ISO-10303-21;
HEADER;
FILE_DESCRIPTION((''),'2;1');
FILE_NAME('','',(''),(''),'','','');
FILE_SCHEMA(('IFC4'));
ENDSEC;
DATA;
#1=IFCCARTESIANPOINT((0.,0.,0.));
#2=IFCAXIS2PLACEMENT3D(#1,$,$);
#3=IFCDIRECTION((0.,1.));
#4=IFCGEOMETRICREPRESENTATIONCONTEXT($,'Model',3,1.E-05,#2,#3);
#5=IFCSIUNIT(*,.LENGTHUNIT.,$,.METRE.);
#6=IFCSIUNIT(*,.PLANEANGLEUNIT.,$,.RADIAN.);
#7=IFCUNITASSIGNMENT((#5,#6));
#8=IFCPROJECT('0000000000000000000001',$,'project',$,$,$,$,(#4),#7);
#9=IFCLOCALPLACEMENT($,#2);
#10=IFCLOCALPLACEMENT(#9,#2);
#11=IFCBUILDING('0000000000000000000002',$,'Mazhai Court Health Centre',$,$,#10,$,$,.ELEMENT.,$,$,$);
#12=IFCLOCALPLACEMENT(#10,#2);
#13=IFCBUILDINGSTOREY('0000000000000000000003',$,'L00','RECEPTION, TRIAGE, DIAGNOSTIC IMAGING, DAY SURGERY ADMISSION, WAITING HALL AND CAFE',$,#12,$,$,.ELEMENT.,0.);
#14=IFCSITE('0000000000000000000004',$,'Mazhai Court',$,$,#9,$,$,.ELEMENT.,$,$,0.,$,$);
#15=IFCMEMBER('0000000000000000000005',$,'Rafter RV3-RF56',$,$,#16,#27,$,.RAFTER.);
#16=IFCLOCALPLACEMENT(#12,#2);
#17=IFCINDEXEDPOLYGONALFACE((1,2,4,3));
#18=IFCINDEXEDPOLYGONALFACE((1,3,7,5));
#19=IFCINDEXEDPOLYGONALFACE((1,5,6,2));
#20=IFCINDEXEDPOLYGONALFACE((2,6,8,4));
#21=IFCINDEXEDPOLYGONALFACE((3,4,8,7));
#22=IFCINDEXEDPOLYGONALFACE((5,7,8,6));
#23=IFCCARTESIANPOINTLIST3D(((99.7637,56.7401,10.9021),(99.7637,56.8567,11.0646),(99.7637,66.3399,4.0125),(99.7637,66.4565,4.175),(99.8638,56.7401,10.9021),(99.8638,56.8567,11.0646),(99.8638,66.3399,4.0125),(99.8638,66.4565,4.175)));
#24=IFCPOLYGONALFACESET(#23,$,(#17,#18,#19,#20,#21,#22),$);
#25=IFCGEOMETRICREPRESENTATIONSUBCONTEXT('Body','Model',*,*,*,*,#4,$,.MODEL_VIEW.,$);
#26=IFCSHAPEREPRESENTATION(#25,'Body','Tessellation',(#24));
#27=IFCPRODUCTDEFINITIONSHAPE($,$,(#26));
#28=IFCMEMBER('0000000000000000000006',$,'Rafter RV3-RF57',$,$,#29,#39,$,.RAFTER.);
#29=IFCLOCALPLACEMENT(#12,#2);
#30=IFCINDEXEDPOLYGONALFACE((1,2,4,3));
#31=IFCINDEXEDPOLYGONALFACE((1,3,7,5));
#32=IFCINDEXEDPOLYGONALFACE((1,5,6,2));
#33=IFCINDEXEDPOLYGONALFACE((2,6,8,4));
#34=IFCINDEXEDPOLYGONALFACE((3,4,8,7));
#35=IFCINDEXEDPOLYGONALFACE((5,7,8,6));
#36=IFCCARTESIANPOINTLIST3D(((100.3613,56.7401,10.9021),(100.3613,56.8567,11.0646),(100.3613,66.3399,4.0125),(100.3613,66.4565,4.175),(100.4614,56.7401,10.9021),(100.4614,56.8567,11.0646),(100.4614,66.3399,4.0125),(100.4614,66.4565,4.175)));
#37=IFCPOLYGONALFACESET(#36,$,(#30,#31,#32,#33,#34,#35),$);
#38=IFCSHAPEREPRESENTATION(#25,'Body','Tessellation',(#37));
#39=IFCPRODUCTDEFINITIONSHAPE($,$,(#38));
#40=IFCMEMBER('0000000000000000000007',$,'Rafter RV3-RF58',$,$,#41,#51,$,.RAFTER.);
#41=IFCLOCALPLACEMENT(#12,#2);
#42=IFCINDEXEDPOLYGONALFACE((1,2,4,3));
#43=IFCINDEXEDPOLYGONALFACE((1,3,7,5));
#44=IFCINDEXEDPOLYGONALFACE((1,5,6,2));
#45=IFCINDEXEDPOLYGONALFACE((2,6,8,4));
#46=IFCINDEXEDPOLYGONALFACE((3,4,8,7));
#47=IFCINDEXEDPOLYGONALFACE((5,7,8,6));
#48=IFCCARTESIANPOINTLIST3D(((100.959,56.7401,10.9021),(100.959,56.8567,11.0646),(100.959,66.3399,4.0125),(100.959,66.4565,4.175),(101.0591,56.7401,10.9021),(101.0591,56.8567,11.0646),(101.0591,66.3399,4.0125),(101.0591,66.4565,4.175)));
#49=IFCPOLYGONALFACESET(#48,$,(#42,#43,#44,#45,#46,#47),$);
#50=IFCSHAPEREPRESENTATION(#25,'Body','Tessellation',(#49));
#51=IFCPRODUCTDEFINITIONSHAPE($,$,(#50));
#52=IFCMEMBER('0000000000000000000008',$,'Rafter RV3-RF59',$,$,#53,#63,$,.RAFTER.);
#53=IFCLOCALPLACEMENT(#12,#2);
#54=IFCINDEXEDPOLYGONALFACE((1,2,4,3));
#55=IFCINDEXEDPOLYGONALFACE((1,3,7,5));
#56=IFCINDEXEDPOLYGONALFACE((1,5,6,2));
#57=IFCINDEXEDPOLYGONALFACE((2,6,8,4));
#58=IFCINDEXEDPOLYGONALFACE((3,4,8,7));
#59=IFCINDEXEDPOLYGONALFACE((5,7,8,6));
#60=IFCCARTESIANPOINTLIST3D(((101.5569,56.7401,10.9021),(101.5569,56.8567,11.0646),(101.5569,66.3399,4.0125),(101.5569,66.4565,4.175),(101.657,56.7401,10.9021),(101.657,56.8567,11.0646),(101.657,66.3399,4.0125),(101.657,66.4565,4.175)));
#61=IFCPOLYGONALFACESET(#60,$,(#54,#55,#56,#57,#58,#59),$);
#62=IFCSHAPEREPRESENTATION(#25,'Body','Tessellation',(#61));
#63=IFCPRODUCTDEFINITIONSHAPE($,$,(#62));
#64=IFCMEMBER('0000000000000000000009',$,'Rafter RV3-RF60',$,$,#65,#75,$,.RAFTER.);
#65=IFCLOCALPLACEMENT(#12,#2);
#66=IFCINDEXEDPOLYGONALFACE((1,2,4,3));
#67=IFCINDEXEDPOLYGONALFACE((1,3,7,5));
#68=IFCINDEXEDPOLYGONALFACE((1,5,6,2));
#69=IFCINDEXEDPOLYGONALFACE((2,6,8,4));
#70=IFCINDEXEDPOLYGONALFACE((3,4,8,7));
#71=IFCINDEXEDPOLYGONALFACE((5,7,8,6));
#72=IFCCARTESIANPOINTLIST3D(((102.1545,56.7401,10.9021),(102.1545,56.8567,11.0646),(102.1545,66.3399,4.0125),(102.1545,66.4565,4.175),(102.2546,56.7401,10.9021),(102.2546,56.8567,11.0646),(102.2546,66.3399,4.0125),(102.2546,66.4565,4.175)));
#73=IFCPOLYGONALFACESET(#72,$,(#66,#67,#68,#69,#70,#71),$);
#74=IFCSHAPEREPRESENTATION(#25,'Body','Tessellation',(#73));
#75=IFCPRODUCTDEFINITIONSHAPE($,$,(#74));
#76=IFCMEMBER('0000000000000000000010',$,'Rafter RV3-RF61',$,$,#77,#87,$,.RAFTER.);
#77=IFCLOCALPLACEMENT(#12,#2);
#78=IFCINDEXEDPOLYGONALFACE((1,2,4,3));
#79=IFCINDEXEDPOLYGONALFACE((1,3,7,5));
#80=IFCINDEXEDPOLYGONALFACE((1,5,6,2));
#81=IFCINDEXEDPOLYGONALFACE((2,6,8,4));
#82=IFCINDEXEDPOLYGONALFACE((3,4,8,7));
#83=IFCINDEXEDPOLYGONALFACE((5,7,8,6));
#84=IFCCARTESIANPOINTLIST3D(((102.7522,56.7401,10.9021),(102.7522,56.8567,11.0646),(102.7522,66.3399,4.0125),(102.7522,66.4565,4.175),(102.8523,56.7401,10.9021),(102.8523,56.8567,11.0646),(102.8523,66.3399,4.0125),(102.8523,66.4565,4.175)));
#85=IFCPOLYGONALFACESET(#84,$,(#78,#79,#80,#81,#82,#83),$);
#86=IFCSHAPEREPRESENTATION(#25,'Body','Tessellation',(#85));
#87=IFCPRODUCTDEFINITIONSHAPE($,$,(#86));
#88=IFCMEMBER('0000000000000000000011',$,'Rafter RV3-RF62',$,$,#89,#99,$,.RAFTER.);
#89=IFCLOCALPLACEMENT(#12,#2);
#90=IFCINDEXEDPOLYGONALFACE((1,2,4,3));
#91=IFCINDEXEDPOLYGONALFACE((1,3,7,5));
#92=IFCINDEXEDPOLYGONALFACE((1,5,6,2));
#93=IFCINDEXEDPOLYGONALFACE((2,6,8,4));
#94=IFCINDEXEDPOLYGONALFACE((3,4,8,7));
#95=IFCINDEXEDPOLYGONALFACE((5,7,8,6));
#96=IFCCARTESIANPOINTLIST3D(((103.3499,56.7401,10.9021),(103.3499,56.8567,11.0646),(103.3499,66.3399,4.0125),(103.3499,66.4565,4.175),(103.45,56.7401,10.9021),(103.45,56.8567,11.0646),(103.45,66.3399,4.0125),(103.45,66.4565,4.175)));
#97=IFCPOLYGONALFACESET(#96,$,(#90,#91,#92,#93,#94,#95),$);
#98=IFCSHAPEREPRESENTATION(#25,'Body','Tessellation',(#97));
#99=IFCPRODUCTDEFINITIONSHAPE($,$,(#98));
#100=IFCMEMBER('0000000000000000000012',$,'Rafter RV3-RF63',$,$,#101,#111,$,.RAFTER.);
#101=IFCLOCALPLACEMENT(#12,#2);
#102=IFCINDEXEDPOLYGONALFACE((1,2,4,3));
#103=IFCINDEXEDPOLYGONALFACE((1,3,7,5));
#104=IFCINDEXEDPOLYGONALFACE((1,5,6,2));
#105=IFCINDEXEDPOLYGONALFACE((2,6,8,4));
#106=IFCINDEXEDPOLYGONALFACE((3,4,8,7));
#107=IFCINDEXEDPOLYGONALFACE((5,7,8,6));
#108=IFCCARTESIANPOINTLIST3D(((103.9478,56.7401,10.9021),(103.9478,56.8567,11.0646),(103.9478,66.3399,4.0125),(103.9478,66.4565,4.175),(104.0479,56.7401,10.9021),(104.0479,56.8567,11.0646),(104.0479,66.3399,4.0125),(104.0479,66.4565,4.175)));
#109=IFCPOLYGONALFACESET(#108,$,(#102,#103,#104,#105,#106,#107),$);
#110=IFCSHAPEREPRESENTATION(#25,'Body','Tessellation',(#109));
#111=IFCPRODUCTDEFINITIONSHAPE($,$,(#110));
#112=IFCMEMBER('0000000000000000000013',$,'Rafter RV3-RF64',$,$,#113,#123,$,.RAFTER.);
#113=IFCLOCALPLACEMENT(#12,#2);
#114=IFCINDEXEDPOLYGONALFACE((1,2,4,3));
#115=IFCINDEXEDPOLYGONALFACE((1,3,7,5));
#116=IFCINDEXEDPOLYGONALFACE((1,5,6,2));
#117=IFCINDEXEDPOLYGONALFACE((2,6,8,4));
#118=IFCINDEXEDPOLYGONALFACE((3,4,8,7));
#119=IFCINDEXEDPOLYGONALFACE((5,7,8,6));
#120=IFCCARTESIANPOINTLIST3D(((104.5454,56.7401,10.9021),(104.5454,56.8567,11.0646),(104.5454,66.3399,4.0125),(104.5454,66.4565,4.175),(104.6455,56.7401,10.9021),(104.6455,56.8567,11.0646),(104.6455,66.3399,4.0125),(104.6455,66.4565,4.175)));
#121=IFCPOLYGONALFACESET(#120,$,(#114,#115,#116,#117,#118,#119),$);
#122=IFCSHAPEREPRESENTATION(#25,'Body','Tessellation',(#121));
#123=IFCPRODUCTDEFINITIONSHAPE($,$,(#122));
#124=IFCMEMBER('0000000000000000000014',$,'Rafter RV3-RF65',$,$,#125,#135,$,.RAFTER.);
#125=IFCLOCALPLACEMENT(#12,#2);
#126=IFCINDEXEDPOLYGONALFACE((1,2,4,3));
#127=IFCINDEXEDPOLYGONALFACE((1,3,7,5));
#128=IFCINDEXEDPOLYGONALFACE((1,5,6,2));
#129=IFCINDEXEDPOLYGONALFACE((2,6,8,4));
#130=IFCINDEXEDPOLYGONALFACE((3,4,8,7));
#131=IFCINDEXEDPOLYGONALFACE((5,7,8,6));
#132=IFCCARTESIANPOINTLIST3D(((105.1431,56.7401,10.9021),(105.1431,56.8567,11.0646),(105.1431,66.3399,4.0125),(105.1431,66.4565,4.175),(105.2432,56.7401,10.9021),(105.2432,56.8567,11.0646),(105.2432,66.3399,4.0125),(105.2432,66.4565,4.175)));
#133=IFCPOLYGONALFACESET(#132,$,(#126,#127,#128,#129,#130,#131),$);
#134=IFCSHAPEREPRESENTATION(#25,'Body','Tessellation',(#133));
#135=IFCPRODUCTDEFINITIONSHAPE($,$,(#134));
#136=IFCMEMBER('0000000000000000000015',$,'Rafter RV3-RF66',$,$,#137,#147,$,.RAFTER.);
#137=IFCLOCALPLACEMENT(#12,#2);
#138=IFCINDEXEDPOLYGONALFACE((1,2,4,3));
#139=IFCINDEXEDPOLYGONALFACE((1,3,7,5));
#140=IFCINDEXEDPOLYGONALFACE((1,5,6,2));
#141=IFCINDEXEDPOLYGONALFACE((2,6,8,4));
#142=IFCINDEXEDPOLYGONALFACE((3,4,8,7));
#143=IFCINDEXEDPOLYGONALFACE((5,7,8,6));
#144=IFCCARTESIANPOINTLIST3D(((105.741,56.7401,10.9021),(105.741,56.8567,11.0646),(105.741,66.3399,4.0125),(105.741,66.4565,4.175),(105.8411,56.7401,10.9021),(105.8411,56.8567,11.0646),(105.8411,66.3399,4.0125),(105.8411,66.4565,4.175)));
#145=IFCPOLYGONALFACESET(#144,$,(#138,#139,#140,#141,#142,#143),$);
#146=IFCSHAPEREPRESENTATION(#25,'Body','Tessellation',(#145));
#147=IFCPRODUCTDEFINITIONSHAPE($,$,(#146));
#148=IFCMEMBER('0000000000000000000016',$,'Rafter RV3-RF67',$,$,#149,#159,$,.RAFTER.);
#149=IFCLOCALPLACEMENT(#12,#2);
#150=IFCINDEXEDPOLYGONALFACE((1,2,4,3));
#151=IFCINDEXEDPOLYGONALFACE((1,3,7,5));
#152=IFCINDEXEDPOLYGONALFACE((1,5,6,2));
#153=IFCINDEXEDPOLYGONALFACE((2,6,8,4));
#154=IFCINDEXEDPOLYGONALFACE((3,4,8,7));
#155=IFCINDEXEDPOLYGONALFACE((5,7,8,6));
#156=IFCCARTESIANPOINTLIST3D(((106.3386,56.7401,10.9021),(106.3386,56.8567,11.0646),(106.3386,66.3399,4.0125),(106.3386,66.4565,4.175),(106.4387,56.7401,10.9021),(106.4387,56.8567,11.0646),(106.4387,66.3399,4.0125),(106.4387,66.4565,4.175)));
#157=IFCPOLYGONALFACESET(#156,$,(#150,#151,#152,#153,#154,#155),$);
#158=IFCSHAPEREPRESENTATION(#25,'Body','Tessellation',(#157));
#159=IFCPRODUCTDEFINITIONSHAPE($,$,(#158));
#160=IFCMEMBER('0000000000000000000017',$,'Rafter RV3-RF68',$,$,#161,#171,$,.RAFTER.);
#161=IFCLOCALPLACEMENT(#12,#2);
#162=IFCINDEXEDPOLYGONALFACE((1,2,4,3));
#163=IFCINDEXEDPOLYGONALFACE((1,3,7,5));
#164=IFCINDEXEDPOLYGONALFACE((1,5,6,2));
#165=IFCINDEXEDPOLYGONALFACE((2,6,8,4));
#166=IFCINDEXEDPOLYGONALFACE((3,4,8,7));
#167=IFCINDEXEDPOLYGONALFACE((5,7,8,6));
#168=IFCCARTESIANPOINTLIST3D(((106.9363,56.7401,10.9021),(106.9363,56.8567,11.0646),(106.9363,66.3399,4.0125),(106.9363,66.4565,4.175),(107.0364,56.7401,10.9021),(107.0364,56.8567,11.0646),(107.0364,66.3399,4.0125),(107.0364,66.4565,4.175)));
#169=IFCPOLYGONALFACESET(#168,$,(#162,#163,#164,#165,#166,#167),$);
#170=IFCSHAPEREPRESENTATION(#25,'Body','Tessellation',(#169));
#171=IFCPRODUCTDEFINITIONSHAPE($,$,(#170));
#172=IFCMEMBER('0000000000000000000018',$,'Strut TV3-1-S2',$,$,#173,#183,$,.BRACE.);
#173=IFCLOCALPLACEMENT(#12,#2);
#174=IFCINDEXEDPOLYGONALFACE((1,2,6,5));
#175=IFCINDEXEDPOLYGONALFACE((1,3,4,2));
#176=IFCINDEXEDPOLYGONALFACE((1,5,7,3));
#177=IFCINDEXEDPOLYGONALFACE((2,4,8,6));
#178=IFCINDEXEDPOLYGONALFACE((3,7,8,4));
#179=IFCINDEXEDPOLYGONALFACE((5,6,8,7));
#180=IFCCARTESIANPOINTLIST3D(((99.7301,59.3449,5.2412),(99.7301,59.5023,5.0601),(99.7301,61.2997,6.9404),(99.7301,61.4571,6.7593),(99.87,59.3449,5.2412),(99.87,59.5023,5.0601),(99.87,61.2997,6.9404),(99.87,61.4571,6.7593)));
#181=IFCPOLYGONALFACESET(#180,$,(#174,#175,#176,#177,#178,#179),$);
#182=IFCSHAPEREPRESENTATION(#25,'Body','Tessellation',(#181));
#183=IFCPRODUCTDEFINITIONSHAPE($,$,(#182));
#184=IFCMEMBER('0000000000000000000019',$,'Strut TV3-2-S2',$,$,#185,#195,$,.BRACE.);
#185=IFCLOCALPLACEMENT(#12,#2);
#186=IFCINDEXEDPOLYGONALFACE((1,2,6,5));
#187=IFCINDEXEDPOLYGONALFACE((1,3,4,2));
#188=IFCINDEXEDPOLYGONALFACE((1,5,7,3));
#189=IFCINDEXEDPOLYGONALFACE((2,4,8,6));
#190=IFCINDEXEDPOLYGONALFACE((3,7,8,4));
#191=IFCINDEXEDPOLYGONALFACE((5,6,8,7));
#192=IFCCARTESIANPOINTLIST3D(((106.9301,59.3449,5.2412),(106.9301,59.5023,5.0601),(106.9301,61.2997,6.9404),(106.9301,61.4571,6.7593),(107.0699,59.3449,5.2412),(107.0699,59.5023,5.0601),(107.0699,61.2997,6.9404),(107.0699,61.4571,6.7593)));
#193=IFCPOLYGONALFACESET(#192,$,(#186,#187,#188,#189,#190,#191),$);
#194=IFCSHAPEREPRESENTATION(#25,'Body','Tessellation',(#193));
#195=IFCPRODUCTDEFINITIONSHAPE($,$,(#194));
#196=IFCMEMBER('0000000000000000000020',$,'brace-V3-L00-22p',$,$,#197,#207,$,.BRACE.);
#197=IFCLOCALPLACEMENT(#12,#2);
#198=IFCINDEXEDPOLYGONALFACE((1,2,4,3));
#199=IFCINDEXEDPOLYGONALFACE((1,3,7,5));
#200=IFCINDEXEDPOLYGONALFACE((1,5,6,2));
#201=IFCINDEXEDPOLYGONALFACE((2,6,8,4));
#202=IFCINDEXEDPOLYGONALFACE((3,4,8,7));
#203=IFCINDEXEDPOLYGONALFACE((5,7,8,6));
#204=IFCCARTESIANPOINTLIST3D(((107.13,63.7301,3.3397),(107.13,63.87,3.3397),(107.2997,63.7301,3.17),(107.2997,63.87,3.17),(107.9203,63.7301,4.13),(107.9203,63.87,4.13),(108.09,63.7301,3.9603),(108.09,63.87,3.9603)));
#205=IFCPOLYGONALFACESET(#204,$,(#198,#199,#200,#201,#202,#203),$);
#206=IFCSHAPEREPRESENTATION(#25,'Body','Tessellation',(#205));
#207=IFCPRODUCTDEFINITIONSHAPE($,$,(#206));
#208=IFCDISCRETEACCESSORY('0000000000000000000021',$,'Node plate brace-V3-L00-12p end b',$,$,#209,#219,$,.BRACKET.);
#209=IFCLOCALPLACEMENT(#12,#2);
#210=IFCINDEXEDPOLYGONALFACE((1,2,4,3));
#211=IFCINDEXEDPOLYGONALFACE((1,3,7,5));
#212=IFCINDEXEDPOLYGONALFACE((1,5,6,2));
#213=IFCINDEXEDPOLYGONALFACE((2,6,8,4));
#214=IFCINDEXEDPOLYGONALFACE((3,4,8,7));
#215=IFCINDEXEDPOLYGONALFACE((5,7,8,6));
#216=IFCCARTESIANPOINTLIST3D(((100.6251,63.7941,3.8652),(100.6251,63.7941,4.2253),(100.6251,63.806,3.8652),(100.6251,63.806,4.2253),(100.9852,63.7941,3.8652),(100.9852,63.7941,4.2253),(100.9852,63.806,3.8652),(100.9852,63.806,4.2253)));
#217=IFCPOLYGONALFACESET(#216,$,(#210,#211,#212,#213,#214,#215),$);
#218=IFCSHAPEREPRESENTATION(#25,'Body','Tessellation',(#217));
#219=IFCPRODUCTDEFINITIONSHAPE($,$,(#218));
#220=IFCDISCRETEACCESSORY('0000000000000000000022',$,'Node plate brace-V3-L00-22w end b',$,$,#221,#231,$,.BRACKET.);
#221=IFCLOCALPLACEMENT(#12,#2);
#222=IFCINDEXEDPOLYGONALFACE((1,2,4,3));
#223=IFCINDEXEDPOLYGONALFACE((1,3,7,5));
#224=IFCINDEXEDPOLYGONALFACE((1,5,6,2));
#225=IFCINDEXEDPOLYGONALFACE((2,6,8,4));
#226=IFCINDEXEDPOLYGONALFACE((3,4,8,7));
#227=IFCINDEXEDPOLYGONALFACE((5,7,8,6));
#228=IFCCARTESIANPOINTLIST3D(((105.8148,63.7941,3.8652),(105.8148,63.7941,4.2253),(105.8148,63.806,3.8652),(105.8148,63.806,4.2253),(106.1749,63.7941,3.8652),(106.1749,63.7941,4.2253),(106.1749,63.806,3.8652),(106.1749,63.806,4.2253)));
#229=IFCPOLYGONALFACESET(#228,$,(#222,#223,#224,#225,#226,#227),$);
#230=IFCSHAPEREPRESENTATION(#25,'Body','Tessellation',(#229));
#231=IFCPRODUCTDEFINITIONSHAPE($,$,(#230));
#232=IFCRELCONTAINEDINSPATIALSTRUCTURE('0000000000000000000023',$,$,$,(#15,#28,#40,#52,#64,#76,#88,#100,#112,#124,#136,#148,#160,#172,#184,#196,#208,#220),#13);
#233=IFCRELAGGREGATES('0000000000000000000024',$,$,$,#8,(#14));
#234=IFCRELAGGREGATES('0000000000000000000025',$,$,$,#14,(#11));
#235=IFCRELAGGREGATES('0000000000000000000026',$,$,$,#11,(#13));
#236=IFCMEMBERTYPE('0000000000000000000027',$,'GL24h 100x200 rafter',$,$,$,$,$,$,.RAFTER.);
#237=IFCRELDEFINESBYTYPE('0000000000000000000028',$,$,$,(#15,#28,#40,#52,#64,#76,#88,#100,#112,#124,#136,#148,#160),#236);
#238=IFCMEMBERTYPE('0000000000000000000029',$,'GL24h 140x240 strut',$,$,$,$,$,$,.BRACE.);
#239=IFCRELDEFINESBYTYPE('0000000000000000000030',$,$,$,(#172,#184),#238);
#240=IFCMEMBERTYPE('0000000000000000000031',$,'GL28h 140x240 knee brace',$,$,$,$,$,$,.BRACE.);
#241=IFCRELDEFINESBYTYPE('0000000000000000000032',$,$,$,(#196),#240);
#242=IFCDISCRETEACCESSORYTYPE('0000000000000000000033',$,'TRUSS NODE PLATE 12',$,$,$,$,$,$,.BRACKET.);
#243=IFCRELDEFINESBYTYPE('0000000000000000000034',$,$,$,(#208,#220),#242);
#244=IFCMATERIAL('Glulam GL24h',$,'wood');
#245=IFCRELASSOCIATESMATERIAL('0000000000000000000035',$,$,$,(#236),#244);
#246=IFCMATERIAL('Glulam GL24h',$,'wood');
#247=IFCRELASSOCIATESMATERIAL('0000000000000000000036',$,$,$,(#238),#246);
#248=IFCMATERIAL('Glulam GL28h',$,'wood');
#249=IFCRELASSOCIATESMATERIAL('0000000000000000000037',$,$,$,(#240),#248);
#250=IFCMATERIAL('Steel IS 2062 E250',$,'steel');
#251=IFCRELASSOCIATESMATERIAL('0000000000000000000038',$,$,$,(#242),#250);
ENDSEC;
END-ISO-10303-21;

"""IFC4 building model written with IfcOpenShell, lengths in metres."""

from ifc_helpers import new_model, si_unit, direction, frame, origin, origin_2d, place, context, subcontext, project, spatial, rectangle, extrude, material, material_profile, profile_set, type_object, element, save


model = new_model("IFC4")

# Units and contexts
model_context = context("Model", 3, precision=1e-05, world=origin(), true_north=direction((0.0, 1.0)))
body_context = subcontext(model_context, "Body", "Model", "MODEL_VIEW")
ifc_project = project(units=[si_unit("LENGTHUNIT", "METRE"), si_unit("PLANEANGLEUNIT", "RADIAN")], contexts=[model_context])

# Site, building, storey
site_placement = place(None, origin())
site = spatial("IfcSite", under=ifc_project, at=site_placement, Name="Mazhai Court", CompositionType="ELEMENT", RefElevation=0.0)
building_placement = place(site_placement, origin())
building = spatial("IfcBuilding", under=site, at=building_placement, Name="Mazhai Court Health Centre", CompositionType="ELEMENT")
storey_placement = place(building_placement, origin())
storey = spatial("IfcBuildingStorey", under=building, at=storey_placement, Name="L00", Description="RECEPTION, TRIAGE, DIAGNOSTIC IMAGING, DAY SURGERY ADMISSION, WAITING HALL AND CAFE", CompositionType="ELEMENT", Elevation=0.0)

# Members
ifc_material_1 = material(Name="Glulam GL24h", Category="wood")
ifc_material_profile_1 = material_profile(ifc_material_1, rectangle(XDim=0.1001, YDim=0.2, at=origin_2d()), Name="GL24h 100x200")
ifc_profile_set_1 = profile_set([ifc_material_profile_1], Name="Glulam GL24h")
member_type_1 = type_object("IfcMemberType", Name="GL24h 100x200 rafter", PredefinedType="RAFTER", material=ifc_profile_set_1)
for number, where, z_axis, x_axis, name in (
    (1, (99.8137, 66.3982, 4.0938), (0.0, -0.812426, 0.583064), (1.0, 0.0, 0.0), "Rafter RV3-RF56"),
    (2, (100.4114, 66.3982, 4.0938), (0.0, -0.812426, 0.583064), (1.0, 0.0, 0.0), "Rafter RV3-RF57"),
    (3, (101.009, 66.3982, 4.0938), (0.0, -0.812426, 0.583064), (1.0, 0.0, 0.0), "Rafter RV3-RF58"),
    (4, (101.6069, 66.3982, 4.0938), (0.0, -0.812426, 0.583064), (1.0, 0.0, 0.0), "Rafter RV3-RF59"),
    (5, (102.2046, 66.3982, 4.0938), (0.0, -0.812426, 0.583064), (1.0, 0.0, 0.0), "Rafter RV3-RF60"),
    (6, (102.8022, 66.3982, 4.0938), (0.0, -0.812426, 0.583064), (1.0, 0.0, 0.0), "Rafter RV3-RF61"),
    (7, (103.3999, 66.3982, 4.0938), (0.0, -0.812426, 0.583064), (1.0, 0.0, 0.0), "Rafter RV3-RF62"),
    (8, (103.9978, 66.3982, 4.0938), (0.0, -0.812426, 0.583064), (1.0, 0.0, 0.0), "Rafter RV3-RF63"),
    (9, (104.5955, 66.3982, 4.0938), (0.0, -0.812426, 0.583064), (1.0, 0.0, 0.0), "Rafter RV3-RF64"),
    (10, (105.1931, 66.3982, 4.0938), (0.0, -0.812426, 0.583064), (1.0, 0.0, 0.0), "Rafter RV3-RF65"),
    (11, (105.791, 66.3982, 4.0938), (0.0, -0.812426, 0.583064), (1.0, 0.0, 0.0), "Rafter RV3-RF66"),
    (12, (106.3887, 66.3982, 4.0938), (0.0, -0.812426, 0.583064), (1.0, 0.0, 0.0), "Rafter RV3-RF67"),
    (13, (106.9863, 66.3982, 4.0938), (0.0, -0.812426, 0.583064), (1.0, 0.0, 0.0), "Rafter RV3-RF68"),
):
    element("IfcMember", number, at=place(storey_placement, frame(where, z_axis=z_axis, x_axis=x_axis)), inside=storey, type_object=member_type_1, Name=name, PredefinedType="RAFTER", context=body_context, shape_type="SweptSolid", body=[
        extrude(rectangle(XDim=0.1001, YDim=0.2, at=origin_2d()), origin(), (0.0, 0.0, 1.0), 11.8162),
    ])
ifc_material_2 = material(Name="Glulam GL24h", Category="wood")
ifc_material_profile_2 = material_profile(ifc_material_2, rectangle(XDim=0.1399, YDim=0.24, at=origin_2d()), Name="GL24h 140x240")
ifc_profile_set_2 = profile_set([ifc_material_profile_2], Name="Glulam GL24h")
member_type_2 = type_object("IfcMemberType", Name="GL24h 140x240 strut", PredefinedType="BRACE", material=ifc_profile_set_2)
for number, where, z_axis, x_axis, name in (
    (14, (99.8, 59.4236, 5.1506), (0.0, 0.754727, 0.656039), (-1.0, 0.0, 0.0), "Strut TV3-1-S2"),
    (15, (107.0, 59.4236, 5.1506), (0.0, 0.754727, 0.656039), (-1.0, 0.0, 0.0), "Strut TV3-2-S2"),
):
    element("IfcMember", number, at=place(storey_placement, frame(where, z_axis=z_axis, x_axis=x_axis)), inside=storey, type_object=member_type_2, Name=name, PredefinedType="BRACE", context=body_context, shape_type="SweptSolid", body=[
        extrude(rectangle(XDim=0.1399, YDim=0.24, at=origin_2d()), origin(), (0.0, 0.0, 1.0), 2.5901),
    ])
ifc_material_3 = material(Name="Glulam GL28h", Category="wood")
ifc_material_profile_3 = material_profile(ifc_material_3, rectangle(XDim=0.1399, YDim=0.24, at=origin_2d()), Name="GL28h 140x240")
ifc_profile_set_3 = profile_set([ifc_material_profile_3], Name="Glulam GL28h")
member_type_3 = type_object("IfcMemberType", Name="GL28h 140x240 knee brace", PredefinedType="BRACE", material=ifc_profile_set_3)
member_placement = place(storey_placement, frame((107.2148, 63.8, 3.2549), z_axis=(0.707107, 0.0, 0.707107), x_axis=(0.0, 1.0, 0.0)))
element("IfcMember", 16, at=member_placement, inside=storey, type_object=member_type_3, Name="brace-V3-L00-22p", PredefinedType="BRACE", context=body_context, shape_type="SweptSolid", body=[
    extrude(rectangle(XDim=0.1399, YDim=0.24, at=origin_2d()), origin(), (0.0, 0.0, 1.0), 1.1177),
])

# Discrete accessories
ifc_material_4 = material(Name="Steel IS 2062 E250", Category="steel")
discrete_accessory_type = type_object("IfcDiscreteAccessoryType", Name="TRUSS NODE PLATE 12", PredefinedType="BRACKET", material=ifc_material_4)
for number, where, z_axis, x_axis, name in (
    (17, (100.8052, 63.8, 3.8652), (0.0, 0.0, 1.0), (1.0, 0.0, 0.0), "Node plate brace-V3-L00-12p end b"),
    (18, (105.9949, 63.8, 3.8652), (0.0, 0.0, 1.0), (1.0, 0.0, 0.0), "Node plate brace-V3-L00-22w end b"),
):
    element("IfcDiscreteAccessory", number, at=place(storey_placement, frame(where, z_axis=z_axis, x_axis=x_axis)), inside=storey, type_object=discrete_accessory_type, Name=name, PredefinedType="BRACKET", context=body_context, shape_type="SweptSolid", body=[
        extrude(rectangle(XDim=0.3601, YDim=0.012, at=origin_2d()), origin(), (0.0, 0.0, 1.0), 0.3601),
    ])

save(model, "model.ifc")
